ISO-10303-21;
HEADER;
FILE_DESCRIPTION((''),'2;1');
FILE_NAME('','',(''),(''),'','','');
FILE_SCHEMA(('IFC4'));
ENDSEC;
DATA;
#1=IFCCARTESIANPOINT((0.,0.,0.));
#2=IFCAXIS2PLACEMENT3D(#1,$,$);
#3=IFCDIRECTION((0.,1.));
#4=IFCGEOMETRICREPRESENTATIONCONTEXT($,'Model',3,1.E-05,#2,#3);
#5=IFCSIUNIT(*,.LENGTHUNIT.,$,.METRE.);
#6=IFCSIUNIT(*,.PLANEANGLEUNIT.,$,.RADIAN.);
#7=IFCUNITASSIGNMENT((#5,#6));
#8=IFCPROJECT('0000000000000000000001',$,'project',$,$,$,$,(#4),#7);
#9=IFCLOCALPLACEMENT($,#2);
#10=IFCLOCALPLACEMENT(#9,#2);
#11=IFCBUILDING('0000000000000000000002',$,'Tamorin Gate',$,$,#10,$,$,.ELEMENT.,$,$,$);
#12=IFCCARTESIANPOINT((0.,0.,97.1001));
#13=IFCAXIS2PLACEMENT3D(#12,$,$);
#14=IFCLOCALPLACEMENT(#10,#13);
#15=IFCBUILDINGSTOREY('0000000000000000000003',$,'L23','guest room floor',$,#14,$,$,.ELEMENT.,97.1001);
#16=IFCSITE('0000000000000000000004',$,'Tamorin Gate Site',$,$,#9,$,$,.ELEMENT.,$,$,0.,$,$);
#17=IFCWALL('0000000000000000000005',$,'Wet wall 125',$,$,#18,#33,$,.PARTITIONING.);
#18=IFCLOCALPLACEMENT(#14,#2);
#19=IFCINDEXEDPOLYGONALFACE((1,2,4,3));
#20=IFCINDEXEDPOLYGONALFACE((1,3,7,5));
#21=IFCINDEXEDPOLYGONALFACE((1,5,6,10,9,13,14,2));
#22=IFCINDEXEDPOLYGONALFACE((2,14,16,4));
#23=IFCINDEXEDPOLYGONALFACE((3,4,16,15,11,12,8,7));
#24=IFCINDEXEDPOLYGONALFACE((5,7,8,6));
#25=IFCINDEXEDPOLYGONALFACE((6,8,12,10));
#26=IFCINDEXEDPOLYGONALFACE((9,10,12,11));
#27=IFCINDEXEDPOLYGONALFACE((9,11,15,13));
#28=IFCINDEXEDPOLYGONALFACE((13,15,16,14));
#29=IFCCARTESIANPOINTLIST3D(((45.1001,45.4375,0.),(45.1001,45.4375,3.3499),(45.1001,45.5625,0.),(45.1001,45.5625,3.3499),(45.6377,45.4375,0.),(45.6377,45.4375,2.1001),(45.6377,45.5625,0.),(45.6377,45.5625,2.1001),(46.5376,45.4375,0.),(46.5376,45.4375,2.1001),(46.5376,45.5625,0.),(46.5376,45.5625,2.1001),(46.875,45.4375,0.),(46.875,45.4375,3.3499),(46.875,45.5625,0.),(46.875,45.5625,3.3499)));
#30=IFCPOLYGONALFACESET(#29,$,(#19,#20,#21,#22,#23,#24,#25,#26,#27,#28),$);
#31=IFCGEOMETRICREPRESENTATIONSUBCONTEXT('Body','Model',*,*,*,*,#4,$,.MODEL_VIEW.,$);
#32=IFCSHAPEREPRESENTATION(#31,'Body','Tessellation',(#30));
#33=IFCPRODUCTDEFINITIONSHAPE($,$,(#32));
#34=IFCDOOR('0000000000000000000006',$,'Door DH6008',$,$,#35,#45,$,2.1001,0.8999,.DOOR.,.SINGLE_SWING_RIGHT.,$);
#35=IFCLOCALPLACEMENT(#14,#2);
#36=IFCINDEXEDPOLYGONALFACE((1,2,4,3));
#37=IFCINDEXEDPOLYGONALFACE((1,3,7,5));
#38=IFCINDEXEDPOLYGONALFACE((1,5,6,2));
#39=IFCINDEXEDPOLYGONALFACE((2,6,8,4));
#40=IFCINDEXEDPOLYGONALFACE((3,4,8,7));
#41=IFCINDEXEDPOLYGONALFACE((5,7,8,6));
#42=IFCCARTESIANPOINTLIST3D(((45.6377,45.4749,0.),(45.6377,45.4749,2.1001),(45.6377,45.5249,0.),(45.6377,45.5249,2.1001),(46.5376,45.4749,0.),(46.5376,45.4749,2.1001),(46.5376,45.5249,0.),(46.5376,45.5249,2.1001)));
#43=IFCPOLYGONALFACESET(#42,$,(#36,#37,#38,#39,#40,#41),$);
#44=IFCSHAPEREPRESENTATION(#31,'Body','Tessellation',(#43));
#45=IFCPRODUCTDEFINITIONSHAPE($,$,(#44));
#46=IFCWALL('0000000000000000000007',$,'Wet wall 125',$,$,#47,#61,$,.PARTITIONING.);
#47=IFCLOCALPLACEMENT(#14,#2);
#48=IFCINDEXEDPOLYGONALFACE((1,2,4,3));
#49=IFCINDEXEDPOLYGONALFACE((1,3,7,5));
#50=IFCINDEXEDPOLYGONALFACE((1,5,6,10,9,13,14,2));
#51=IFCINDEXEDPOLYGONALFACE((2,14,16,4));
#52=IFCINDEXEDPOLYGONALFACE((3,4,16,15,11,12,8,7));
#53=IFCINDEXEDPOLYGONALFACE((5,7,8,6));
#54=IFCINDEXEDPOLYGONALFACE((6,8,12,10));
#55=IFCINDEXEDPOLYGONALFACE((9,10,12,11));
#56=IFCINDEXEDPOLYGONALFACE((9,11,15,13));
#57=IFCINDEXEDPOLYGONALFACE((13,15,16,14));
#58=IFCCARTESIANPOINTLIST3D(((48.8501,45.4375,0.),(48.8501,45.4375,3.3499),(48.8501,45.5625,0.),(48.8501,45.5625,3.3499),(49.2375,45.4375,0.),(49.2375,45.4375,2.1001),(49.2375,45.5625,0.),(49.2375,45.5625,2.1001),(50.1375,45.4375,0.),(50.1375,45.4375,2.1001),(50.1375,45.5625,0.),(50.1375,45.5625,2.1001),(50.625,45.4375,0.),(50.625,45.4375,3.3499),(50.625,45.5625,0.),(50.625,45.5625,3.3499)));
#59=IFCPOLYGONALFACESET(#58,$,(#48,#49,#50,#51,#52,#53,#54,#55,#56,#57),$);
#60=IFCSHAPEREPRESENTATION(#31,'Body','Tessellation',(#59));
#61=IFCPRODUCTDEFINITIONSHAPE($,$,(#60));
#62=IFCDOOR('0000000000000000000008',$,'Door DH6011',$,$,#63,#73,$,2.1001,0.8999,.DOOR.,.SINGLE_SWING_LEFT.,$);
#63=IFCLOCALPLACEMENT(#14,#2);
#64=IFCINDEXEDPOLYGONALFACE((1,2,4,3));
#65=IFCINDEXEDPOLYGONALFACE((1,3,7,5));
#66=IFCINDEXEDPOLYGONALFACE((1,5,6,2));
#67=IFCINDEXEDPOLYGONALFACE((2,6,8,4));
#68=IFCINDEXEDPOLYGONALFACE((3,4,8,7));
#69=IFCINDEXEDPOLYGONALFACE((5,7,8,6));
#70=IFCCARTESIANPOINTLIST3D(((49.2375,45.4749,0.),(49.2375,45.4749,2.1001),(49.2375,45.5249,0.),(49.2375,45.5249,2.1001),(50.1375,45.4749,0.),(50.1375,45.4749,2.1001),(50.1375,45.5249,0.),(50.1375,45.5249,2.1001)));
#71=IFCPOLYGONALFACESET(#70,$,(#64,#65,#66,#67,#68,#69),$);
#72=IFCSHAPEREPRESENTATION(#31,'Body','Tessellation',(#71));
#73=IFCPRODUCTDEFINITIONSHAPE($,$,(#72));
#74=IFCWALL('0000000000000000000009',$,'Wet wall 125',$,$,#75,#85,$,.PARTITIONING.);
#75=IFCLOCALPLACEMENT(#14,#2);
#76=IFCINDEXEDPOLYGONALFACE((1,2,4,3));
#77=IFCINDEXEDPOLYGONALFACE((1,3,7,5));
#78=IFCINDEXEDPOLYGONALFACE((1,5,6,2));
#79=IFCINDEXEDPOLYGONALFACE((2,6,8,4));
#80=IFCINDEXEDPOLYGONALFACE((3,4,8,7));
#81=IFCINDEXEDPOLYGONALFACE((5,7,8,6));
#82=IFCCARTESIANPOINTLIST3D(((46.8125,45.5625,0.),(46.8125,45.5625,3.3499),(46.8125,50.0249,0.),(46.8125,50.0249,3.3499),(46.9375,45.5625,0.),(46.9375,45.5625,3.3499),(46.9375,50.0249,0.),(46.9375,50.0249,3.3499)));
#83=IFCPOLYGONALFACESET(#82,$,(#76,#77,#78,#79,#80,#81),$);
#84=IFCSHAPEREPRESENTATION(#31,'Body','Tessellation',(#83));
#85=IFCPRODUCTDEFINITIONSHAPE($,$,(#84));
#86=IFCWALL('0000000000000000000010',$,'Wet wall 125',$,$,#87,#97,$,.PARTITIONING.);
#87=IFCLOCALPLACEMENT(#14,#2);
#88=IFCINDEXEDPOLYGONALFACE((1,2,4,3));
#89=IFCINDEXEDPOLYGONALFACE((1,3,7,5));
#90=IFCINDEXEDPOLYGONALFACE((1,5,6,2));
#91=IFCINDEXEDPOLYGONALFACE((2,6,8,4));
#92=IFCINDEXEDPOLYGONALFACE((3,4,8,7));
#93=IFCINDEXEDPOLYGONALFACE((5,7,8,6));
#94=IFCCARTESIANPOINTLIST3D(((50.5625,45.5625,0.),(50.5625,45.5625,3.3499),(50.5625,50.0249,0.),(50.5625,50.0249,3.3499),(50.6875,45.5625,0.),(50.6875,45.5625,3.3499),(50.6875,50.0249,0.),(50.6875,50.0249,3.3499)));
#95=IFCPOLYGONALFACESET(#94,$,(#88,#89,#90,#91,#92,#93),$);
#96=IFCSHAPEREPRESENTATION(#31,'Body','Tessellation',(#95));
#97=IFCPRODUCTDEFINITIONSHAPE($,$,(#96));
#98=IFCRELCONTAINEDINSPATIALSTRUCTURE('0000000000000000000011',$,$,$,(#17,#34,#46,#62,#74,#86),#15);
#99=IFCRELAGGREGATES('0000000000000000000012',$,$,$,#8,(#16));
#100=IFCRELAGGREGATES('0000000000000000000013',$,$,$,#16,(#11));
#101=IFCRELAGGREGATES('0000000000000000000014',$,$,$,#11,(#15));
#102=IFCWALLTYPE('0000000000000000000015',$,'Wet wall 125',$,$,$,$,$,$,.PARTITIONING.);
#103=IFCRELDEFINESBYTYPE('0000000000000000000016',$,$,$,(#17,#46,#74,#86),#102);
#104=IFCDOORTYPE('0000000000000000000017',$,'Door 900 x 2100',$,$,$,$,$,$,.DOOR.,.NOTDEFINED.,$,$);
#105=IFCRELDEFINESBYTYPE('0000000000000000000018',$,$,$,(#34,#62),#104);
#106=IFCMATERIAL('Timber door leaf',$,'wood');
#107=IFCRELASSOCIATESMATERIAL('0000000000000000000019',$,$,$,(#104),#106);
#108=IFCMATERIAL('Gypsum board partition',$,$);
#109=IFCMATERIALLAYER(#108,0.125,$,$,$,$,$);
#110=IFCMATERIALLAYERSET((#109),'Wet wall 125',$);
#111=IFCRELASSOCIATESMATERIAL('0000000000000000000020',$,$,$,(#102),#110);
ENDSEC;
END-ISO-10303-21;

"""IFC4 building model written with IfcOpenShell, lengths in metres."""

from ifc_helpers import new_model, si_unit, direction, frame, frame_2d, origin, place, context, subcontext, project, spatial, rectangle, extrude, material, layer, layer_set, type_object, element, fill, save


model = new_model("IFC4")

# Units and contexts
model_context = context("Model", 3, precision=1e-05, world=origin(), true_north=direction((0.0, 1.0)))
body_context = subcontext(model_context, "Body", "Model", "MODEL_VIEW")
ifc_project = project(units=[si_unit("LENGTHUNIT", "METRE"), si_unit("PLANEANGLEUNIT", "RADIAN")], contexts=[model_context])

# Site, building, storey
site_placement = place(None, origin())
site = spatial("IfcSite", under=ifc_project, at=site_placement, Name="Tamorin Gate Site", CompositionType="ELEMENT", RefElevation=0.0)
building_placement = place(site_placement, origin())
building = spatial("IfcBuilding", under=site, at=building_placement, Name="Tamorin Gate", CompositionType="ELEMENT")
storey_placement = place(building_placement, frame((0.0, 0.0, 97.1001)))
storey = spatial("IfcBuildingStorey", under=building, at=storey_placement, Name="L23", Description="guest room floor", CompositionType="ELEMENT", Elevation=97.1001)

# Shared definitions
ifc_material_1 = material(Name="Gypsum board partition")

# Shared definitions
ifc_material_2 = material(Name="Timber door leaf", Category="wood")
door_type = type_object("IfcDoorType", Name="Door 900 x 2100", OperationType="NOTDEFINED", PredefinedType="DOOR", material=ifc_material_2)

# Walls, openings, doors
ifc_layer_1 = layer(ifc_material_1, 0.125)
ifc_layer_set_1 = layer_set([ifc_layer_1], Name="Wet wall 125")
wall_type_1 = type_object("IfcWallType", Name="Wet wall 125", PredefinedType="PARTITIONING", material=ifc_layer_set_1)
wall_1_placement = place(storey_placement, frame((45.1001, 45.5, 0.0), z_axis=(0.0, 0.0, 1.0), x_axis=(1.0, 0.0, 0.0)))
wall_1 = element("IfcWall", 1, at=wall_1_placement, inside=storey, type_object=wall_type_1, Name="Wet wall 125", PredefinedType="PARTITIONING", context=body_context, shape_type="SweptSolid", body=[
    extrude(rectangle(XDim=1.7749, YDim=0.125, at=frame_2d((0.8875, 0.0))), origin(), (0.0, 0.0, 1.0), 3.3499),
])
opening_1_placement = place(wall_1_placement, frame((0.5376, 0.0, 0.0)))
opening_1 = element("IfcOpeningElement", 2, at=opening_1_placement, cuts=wall_1, PredefinedType="OPENING", context=body_context, shape_type="SweptSolid", body=[
    extrude(rectangle(XDim=0.8999, YDim=2.1001, at=frame_2d((0.45, 1.05))), frame((0.0, 0.0725, 0.0), z_axis=(0.0, -1.0, 0.0), x_axis=(1.0, 0.0, 0.0)), (0.0, 0.0, 1.0), 0.145),
])
door_1_placement = place(opening_1_placement, origin())
door_1 = element("IfcDoor", 3, at=door_1_placement, inside=storey, type_object=door_type, Name="Door DH6008", OperationType="SINGLE_SWING_RIGHT", OverallHeight=2.1001, OverallWidth=0.8999, PredefinedType="DOOR", context=body_context, shape_type="SweptSolid", body=[
    extrude(rectangle(XDim=0.8999, YDim=2.1001, at=frame_2d((0.45, 1.05))), frame((0.0, 0.0249, 0.0), z_axis=(0.0, -1.0, 0.0), x_axis=(1.0, 0.0, 0.0)), (0.0, 0.0, 1.0), 0.05),
])
fill(opening_1, door_1)
wall_2_placement = place(storey_placement, frame((48.8501, 45.5, 0.0), z_axis=(0.0, 0.0, 1.0), x_axis=(1.0, 0.0, 0.0)))
wall_2 = element("IfcWall", 4, at=wall_2_placement, inside=storey, type_object=wall_type_1, Name="Wet wall 125", PredefinedType="PARTITIONING", context=body_context, shape_type="SweptSolid", body=[
    extrude(rectangle(XDim=1.7749, YDim=0.125, at=frame_2d((0.8875, 0.0))), origin(), (0.0, 0.0, 1.0), 3.3499),
])
opening_2_placement = place(wall_2_placement, frame((0.3875, 0.0, 0.0)))
opening_2 = element("IfcOpeningElement", 5, at=opening_2_placement, cuts=wall_2, PredefinedType="OPENING", context=body_context, shape_type="SweptSolid", body=[
    extrude(rectangle(XDim=0.8999, YDim=2.1001, at=frame_2d((0.45, 1.05))), frame((0.0, 0.0725, 0.0), z_axis=(0.0, -1.0, 0.0), x_axis=(1.0, 0.0, 0.0)), (0.0, 0.0, 1.0), 0.145),
])
door_2_placement = place(opening_2_placement, origin())
door_2 = element("IfcDoor", 6, at=door_2_placement, inside=storey, type_object=door_type, Name="Door DH6011", OperationType="SINGLE_SWING_LEFT", OverallHeight=2.1001, OverallWidth=0.8999, PredefinedType="DOOR", context=body_context, shape_type="SweptSolid", body=[
    extrude(rectangle(XDim=0.8999, YDim=2.1001, at=frame_2d((0.45, 1.05))), frame((0.0, 0.0249, 0.0), z_axis=(0.0, -1.0, 0.0), x_axis=(1.0, 0.0, 0.0)), (0.0, 0.0, 1.0), 0.05),
])
fill(opening_2, door_2)

# Walls
for number, where, z_axis, x_axis, name in (
    (7, (46.875, 45.5625, 0.0), (0.0, 0.0, 1.0), (0.0, 1.0, 0.0), "Wet wall 125"),
    (8, (50.625, 45.5625, 0.0), (0.0, 0.0, 1.0), (0.0, 1.0, 0.0), "Wet wall 125"),
):
    element("IfcWall", number, at=place(storey_placement, frame(where, z_axis=z_axis, x_axis=x_axis)), inside=storey, type_object=wall_type_1, Name=name, PredefinedType="PARTITIONING", context=body_context, shape_type="SweptSolid", body=[
        extrude(rectangle(XDim=4.4624, YDim=0.125, at=frame_2d((2.2312, 0.0))), origin(), (0.0, 0.0, 1.0), 3.3499),
    ])

save(model, "model.ifc")
